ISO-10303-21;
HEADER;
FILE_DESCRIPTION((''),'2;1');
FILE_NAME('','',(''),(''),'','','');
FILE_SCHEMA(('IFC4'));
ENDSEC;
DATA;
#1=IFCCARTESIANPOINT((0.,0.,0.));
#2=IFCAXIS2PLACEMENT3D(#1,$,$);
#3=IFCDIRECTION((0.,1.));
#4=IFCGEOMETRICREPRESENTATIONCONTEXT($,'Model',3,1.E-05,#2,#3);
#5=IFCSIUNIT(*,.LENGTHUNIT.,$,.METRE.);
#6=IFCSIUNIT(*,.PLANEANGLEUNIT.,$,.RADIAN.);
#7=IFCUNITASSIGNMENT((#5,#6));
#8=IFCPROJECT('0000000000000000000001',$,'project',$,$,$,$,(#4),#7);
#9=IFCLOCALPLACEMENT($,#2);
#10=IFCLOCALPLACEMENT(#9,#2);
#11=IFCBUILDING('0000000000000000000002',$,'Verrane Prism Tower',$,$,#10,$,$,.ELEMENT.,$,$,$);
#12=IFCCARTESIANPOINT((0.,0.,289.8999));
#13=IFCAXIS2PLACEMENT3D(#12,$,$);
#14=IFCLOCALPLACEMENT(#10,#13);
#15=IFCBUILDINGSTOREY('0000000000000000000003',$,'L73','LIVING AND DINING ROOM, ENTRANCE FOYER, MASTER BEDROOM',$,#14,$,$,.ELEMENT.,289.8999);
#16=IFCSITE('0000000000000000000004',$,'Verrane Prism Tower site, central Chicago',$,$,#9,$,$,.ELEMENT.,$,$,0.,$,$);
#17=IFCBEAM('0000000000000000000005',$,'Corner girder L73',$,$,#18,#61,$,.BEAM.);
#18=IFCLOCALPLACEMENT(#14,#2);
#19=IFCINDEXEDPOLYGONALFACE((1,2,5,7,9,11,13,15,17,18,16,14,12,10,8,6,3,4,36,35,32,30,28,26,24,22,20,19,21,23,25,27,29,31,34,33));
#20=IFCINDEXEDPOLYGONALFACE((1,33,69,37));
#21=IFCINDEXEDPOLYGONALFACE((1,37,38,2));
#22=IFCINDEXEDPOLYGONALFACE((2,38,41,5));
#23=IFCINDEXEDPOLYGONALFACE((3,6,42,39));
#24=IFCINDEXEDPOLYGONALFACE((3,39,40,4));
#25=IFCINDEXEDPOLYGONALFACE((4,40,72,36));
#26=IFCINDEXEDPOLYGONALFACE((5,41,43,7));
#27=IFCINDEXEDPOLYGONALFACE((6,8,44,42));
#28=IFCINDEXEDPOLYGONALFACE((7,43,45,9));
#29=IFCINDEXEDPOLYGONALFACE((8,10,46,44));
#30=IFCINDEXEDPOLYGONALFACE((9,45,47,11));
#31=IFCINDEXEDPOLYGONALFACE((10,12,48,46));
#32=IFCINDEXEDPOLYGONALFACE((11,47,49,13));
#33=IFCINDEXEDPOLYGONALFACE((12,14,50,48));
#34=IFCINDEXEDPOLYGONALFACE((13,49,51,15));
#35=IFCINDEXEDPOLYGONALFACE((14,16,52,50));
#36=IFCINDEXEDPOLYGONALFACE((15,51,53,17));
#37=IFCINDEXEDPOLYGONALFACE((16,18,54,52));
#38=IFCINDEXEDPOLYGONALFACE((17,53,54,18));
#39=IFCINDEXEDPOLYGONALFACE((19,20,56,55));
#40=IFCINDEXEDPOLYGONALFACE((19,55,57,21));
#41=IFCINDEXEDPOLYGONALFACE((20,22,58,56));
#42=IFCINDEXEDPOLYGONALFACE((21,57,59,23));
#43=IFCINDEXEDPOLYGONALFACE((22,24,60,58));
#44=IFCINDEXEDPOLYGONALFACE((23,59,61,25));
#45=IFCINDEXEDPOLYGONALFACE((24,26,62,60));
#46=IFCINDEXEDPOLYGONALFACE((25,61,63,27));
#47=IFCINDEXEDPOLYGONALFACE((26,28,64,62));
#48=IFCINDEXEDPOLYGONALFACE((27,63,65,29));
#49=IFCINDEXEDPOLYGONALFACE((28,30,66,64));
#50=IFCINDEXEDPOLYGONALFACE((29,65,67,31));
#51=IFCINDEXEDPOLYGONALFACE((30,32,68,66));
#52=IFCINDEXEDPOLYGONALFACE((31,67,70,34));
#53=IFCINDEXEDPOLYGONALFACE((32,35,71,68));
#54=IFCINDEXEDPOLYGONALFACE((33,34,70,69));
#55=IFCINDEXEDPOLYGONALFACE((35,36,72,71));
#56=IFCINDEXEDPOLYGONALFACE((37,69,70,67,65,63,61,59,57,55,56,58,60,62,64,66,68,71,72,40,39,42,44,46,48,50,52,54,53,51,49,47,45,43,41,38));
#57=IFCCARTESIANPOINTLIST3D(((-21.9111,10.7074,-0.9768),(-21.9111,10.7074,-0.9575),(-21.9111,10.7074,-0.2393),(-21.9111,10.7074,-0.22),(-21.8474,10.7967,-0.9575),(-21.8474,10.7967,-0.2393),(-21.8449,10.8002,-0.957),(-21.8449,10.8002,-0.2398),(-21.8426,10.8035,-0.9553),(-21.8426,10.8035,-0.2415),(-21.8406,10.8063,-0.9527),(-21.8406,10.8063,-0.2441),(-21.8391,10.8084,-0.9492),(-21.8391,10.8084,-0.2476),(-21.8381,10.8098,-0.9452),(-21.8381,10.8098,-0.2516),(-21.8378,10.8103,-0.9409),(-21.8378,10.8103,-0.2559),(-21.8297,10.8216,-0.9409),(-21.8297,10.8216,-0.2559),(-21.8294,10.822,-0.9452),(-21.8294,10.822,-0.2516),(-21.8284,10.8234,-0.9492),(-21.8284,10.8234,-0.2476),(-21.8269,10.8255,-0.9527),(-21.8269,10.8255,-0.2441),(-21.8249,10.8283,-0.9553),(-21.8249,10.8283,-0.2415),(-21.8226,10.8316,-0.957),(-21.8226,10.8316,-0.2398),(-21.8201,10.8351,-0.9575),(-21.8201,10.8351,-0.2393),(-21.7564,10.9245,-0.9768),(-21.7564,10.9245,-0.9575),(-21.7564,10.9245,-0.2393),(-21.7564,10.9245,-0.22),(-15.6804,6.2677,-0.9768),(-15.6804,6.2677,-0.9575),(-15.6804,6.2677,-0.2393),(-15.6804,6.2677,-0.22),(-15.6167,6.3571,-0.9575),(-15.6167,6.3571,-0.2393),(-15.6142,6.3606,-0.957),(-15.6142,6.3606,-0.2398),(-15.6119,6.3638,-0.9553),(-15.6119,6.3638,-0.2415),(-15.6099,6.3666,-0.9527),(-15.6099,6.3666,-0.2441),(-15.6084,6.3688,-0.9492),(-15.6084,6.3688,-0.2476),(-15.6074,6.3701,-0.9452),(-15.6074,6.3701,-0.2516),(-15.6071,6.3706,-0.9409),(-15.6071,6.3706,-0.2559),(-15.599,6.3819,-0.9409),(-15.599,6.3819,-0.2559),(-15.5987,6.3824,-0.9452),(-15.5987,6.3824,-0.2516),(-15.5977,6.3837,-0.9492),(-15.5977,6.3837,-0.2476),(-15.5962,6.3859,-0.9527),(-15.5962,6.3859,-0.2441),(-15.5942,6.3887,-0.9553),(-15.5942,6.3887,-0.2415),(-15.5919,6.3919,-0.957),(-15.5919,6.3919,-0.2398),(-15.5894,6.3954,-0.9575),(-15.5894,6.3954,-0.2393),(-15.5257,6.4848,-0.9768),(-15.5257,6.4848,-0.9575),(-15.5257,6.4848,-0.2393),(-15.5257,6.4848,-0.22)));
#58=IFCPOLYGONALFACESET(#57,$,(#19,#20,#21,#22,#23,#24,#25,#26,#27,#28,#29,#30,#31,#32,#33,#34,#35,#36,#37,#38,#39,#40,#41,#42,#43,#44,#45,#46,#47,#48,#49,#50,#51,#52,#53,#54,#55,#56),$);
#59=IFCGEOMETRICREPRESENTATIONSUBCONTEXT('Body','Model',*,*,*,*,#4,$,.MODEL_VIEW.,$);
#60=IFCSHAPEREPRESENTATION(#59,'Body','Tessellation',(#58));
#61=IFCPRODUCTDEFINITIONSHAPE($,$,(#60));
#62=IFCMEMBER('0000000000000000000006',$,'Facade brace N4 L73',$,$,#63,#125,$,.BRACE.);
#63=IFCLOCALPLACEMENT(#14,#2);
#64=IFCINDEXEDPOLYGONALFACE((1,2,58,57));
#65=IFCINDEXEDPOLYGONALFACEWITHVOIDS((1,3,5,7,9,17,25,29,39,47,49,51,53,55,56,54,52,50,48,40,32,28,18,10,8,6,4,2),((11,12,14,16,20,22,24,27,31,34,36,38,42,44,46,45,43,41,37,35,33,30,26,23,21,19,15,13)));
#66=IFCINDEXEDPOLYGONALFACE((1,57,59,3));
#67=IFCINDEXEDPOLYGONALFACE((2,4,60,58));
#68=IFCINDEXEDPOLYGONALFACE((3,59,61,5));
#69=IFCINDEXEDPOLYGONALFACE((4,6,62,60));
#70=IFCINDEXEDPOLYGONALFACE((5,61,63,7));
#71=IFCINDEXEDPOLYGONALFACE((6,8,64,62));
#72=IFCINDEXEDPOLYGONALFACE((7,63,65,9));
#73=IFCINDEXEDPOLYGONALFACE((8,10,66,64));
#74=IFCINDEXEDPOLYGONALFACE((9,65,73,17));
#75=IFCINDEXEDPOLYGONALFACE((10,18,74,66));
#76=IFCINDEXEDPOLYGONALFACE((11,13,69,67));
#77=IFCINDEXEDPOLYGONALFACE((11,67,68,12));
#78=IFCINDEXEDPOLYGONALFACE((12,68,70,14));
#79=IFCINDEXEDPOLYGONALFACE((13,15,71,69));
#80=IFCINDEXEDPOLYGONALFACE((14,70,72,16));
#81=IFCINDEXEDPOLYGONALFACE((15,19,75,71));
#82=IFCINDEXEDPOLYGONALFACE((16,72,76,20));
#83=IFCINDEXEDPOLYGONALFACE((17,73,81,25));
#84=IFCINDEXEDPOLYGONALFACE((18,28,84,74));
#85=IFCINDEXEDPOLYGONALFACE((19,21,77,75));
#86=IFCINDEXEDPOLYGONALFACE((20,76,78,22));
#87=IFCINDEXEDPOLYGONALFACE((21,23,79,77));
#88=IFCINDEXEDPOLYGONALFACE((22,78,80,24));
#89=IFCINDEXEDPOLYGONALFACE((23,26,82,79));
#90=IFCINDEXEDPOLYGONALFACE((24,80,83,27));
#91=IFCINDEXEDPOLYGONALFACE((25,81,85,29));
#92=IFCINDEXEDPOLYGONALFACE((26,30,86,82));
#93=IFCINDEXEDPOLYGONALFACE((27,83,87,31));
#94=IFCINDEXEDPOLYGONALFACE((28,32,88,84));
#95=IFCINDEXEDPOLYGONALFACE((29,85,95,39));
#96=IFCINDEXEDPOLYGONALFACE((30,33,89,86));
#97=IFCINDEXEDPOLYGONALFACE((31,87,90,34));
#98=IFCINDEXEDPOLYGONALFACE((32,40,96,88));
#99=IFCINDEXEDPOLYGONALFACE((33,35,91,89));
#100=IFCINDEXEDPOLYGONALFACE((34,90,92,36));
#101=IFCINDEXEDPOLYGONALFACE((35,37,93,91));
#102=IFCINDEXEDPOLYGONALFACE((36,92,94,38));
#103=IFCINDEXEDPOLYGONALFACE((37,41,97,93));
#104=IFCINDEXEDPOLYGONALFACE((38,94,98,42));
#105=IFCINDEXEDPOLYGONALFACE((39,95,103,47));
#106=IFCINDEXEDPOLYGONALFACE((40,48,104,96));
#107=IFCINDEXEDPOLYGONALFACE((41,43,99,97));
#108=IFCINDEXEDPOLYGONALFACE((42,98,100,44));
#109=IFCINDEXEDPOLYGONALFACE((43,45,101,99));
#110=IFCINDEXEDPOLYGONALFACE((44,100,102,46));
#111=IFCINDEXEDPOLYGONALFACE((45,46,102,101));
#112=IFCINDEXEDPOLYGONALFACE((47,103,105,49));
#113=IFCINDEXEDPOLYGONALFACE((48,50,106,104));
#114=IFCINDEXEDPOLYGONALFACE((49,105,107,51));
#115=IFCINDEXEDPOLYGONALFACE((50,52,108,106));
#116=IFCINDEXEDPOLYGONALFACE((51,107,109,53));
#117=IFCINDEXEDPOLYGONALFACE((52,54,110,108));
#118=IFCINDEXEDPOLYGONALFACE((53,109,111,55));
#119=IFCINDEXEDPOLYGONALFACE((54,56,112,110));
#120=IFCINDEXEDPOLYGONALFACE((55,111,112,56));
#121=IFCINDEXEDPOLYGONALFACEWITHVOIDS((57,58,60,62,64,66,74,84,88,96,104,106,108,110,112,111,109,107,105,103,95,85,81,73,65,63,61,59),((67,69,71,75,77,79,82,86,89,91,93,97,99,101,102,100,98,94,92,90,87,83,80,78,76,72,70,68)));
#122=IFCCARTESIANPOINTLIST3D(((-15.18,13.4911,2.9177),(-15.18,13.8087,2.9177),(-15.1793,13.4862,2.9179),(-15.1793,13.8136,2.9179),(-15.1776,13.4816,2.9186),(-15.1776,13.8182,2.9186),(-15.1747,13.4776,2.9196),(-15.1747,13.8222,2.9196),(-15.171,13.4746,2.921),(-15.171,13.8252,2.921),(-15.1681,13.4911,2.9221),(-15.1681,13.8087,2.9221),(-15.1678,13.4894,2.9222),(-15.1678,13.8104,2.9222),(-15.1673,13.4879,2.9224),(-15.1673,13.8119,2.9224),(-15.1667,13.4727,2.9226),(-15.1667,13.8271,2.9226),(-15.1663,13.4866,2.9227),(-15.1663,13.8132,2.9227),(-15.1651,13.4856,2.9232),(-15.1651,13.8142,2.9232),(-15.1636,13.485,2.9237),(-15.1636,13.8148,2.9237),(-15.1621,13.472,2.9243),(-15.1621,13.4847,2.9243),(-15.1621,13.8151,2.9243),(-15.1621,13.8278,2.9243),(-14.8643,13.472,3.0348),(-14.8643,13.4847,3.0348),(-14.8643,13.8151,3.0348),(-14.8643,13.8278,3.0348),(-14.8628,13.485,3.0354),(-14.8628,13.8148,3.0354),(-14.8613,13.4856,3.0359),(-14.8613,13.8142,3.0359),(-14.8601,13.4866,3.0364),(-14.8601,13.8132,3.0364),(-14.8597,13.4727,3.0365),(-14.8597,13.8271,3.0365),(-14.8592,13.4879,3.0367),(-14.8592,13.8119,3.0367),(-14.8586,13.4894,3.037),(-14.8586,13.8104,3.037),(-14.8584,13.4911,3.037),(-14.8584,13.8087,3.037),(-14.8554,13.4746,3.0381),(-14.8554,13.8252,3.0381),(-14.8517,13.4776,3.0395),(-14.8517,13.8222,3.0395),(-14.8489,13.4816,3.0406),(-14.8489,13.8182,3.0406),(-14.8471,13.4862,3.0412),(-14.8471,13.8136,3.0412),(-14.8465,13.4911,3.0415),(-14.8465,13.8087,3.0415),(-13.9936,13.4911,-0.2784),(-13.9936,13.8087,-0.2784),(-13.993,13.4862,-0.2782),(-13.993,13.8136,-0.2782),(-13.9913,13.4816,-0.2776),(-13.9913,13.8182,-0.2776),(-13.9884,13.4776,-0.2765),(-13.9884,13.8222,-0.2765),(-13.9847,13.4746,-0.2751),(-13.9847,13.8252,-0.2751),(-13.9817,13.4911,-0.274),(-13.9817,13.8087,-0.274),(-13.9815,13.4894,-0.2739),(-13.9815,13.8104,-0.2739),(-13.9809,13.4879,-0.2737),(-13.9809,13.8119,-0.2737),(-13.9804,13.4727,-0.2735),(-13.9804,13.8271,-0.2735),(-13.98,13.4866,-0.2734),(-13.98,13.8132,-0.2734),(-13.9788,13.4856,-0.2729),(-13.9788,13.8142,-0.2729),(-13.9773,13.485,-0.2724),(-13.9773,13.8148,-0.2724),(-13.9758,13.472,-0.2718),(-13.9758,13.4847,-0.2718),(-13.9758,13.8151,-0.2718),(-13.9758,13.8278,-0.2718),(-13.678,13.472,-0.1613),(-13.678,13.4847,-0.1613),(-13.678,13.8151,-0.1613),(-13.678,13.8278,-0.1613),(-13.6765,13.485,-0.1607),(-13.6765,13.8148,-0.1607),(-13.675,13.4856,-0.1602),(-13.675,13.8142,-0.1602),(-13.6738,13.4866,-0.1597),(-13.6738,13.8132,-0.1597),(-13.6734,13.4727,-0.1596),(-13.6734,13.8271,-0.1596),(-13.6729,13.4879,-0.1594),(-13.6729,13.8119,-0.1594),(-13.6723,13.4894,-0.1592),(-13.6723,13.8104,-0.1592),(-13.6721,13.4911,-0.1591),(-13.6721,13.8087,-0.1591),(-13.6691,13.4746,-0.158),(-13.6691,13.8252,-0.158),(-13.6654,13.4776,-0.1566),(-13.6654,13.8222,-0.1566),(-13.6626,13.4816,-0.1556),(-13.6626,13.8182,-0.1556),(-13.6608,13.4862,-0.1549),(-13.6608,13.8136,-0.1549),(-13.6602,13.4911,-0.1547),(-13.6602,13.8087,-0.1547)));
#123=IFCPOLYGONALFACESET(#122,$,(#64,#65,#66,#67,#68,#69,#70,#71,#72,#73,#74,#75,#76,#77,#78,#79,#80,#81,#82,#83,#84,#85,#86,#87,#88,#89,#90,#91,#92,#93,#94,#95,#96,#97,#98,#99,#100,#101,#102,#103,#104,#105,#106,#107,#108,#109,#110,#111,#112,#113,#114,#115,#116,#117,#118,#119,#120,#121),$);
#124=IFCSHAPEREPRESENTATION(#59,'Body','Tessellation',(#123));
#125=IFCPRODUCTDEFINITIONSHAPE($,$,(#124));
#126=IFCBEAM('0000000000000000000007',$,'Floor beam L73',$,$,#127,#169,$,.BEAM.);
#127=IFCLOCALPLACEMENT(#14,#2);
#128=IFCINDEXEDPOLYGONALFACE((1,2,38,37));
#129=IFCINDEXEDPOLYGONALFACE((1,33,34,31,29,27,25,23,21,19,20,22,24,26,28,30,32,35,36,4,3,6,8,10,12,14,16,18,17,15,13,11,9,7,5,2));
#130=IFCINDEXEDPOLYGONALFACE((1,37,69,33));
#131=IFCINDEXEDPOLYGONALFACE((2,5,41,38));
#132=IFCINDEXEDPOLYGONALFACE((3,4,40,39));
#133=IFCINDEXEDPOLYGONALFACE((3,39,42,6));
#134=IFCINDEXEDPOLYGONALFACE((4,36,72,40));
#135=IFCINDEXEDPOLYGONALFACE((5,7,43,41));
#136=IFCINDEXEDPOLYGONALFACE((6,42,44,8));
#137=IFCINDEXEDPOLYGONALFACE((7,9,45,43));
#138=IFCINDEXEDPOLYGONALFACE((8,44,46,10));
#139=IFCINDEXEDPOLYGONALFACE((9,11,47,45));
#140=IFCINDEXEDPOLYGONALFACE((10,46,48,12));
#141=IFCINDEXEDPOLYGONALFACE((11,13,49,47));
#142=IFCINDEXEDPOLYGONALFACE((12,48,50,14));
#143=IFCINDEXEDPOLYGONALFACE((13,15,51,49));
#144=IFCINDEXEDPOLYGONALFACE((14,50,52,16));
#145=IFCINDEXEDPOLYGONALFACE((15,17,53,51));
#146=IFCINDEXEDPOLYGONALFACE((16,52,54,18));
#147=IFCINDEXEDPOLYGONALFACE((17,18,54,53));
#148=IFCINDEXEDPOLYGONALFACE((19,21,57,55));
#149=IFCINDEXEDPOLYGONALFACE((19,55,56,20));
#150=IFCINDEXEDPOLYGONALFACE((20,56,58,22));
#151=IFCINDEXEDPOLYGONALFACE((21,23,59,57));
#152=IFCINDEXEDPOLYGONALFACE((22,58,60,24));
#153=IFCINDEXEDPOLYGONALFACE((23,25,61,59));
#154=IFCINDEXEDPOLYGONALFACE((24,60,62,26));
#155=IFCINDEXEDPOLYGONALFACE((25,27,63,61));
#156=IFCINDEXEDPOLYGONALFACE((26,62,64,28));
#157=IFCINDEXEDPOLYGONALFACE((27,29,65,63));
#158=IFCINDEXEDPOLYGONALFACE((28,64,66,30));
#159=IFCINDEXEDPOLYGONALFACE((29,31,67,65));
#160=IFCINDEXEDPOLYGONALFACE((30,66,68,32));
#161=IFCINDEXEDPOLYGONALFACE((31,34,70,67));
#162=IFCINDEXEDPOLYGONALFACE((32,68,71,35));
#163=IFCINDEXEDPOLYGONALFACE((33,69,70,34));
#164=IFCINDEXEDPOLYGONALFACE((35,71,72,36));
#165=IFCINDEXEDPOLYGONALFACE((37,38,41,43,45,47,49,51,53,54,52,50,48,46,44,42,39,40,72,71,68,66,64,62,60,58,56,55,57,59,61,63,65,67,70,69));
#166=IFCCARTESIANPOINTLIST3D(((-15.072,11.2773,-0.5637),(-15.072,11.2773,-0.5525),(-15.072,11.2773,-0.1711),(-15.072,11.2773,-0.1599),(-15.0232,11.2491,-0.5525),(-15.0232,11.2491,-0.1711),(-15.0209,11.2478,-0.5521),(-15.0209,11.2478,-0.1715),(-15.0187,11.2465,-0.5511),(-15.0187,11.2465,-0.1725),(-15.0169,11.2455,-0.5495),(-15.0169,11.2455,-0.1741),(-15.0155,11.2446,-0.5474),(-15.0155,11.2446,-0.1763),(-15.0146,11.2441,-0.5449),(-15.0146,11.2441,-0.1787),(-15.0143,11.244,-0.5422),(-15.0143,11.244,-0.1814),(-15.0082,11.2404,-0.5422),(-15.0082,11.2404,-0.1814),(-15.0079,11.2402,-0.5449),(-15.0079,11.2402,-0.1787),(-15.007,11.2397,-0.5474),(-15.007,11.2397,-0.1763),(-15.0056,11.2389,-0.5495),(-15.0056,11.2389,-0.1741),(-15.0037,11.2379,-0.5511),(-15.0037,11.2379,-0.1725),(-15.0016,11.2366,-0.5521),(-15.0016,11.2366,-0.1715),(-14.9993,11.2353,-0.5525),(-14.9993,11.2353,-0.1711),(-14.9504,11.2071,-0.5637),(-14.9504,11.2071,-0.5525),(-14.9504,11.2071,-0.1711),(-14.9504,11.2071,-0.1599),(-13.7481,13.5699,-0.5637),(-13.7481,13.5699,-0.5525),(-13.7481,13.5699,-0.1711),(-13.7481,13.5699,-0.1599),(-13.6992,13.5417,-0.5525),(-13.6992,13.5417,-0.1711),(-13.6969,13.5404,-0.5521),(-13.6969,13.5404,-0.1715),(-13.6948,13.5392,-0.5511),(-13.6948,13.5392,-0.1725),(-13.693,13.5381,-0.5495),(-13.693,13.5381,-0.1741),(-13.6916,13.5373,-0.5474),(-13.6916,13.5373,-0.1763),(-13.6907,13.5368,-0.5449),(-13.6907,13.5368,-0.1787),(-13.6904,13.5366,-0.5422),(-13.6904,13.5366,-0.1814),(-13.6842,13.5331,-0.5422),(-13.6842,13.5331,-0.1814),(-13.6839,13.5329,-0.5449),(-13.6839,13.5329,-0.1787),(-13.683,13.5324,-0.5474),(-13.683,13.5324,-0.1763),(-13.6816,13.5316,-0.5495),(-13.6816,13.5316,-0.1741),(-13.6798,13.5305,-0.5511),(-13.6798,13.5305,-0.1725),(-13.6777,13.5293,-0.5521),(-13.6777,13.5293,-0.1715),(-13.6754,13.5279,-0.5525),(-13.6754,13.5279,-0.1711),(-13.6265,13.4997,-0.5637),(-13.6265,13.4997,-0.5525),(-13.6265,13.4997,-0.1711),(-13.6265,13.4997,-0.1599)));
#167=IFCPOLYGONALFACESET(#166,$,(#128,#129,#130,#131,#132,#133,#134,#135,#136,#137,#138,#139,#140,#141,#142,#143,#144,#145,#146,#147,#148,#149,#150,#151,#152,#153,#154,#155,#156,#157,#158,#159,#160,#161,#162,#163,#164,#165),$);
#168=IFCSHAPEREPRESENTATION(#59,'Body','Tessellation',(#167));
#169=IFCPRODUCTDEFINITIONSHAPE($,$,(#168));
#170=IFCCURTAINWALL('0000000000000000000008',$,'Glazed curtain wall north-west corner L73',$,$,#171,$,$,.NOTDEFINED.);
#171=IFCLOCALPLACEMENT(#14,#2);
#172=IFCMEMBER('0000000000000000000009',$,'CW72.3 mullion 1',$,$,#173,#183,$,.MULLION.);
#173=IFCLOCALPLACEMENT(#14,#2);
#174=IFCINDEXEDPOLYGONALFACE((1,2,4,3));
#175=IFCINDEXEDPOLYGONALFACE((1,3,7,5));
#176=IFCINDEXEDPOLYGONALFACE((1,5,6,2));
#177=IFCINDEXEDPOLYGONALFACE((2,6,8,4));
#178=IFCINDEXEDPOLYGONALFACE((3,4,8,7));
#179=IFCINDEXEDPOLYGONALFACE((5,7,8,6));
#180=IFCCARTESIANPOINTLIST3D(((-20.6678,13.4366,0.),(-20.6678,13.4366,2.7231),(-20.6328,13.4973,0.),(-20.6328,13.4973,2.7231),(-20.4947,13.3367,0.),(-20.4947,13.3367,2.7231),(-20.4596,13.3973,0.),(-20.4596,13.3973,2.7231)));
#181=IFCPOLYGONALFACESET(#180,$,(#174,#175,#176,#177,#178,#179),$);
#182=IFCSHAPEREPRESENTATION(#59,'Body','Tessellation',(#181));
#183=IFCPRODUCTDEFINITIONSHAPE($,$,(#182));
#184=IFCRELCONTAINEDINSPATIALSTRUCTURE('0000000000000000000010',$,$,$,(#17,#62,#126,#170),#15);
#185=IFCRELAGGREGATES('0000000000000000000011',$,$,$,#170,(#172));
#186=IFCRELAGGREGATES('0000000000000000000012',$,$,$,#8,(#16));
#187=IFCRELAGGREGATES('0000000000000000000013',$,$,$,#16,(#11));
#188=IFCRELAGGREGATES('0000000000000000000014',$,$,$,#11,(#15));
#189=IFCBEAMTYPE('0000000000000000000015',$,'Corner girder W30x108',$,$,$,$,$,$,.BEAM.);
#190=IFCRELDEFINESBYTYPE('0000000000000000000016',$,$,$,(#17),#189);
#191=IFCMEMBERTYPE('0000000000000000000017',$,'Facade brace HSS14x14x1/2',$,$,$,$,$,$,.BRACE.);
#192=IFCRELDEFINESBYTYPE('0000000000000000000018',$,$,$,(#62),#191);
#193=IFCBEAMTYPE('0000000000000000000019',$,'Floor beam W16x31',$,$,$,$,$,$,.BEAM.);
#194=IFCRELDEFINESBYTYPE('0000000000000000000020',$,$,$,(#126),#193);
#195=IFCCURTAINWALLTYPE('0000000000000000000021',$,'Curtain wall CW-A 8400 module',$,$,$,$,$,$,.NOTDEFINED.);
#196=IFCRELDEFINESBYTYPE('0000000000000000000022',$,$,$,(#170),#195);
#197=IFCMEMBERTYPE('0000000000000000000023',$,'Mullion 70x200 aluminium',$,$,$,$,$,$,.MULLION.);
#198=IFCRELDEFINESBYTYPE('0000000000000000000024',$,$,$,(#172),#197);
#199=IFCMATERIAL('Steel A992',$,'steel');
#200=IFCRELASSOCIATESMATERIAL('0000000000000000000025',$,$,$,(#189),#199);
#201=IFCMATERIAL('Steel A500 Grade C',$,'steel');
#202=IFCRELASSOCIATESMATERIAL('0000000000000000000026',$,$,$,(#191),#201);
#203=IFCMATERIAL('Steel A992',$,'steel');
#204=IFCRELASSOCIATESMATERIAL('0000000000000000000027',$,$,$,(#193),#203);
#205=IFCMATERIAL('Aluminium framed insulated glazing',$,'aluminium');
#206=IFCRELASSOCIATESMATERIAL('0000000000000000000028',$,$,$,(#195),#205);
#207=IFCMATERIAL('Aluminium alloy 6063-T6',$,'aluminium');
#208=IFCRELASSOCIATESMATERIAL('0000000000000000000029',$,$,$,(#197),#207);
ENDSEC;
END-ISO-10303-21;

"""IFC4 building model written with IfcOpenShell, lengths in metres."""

from ifc_helpers import new_model, si_unit, direction, frame, origin, origin_2d, place, context, subcontext, project, spatial, rectangle, hollow_rectangle, i_section, extrude, material, material_profile, profile_set, type_object, element, aggregate, save


model = new_model("IFC4")

# Units and contexts
model_context = context("Model", 3, precision=1e-05, world=origin(), true_north=direction((0.0, 1.0)))
body_context = subcontext(model_context, "Body", "Model", "MODEL_VIEW")
ifc_project = project(units=[si_unit("LENGTHUNIT", "METRE"), si_unit("PLANEANGLEUNIT", "RADIAN")], contexts=[model_context])

# Site, building, storey
site_placement = place(None, origin())
site = spatial("IfcSite", under=ifc_project, at=site_placement, Name="Verrane Prism Tower site, central Chicago", CompositionType="ELEMENT", RefElevation=0.0)
building_placement = place(site_placement, origin())
building = spatial("IfcBuilding", under=site, at=building_placement, Name="Verrane Prism Tower", CompositionType="ELEMENT")
storey_placement = place(building_placement, frame((0.0, 0.0, 289.8999)))
storey = spatial("IfcBuildingStorey", under=building, at=storey_placement, Name="L73", Description="LIVING AND DINING ROOM, ENTRANCE FOYER, MASTER BEDROOM", CompositionType="ELEMENT", Elevation=289.8999)

# Beam
ifc_material_1 = material(Name="Steel A992", Category="steel")
ifc_material_profile_1 = material_profile(ifc_material_1, i_section(OverallWidth=0.2666, OverallDepth=0.7568, WebThickness=0.0139, FlangeThickness=0.0193, FilletRadius=0.0166, at=origin_2d()), Name="W30x108")
ifc_profile_set_1 = profile_set([ifc_material_profile_1], Name="Steel A992")
beam_type_1 = type_object("IfcBeamType", Name="Corner girder W30x108", PredefinedType="BEAM", material=ifc_profile_set_1)
for number, where, z_axis, x_axis, name in (
    (1, (-21.8337, 10.8159, -0.5984), (0.814401, -0.580302, 0.0), (0.580302, 0.814401, 0.0), "Corner girder L73"),
):
    element("IfcBeam", number, at=place(storey_placement, frame(where, z_axis=z_axis, x_axis=x_axis)), inside=storey, type_object=beam_type_1, Name=name, PredefinedType="BEAM", context=body_context, shape_type="SweptSolid", body=[
        extrude(i_section(OverallWidth=0.2666, OverallDepth=0.7568, WebThickness=0.0139, FlangeThickness=0.0193, FilletRadius=0.0166, at=origin_2d()), origin(), (0.0, 0.0, 1.0), 7.6506),
    ])

# Member
ifc_material_2 = material(Name="Steel A500 Grade C", Category="steel")
ifc_material_profile_2 = material_profile(ifc_material_2, hollow_rectangle(XDim=0.3557, YDim=0.3557, WallThickness=0.0127, InnerFilletRadius=0.0063, OuterFilletRadius=0.019, at=origin_2d()), Name="HSS14x14x1/2")
ifc_profile_set_2 = profile_set([ifc_material_profile_2], Name="Steel A500 Grade C")
member_type_1 = type_object("IfcMemberType", Name="Facade brace HSS14x14x1/2", PredefinedType="BRACE", material=ifc_profile_set_2)
member_1_placement = place(storey_placement, frame((-13.8269, 13.6499, -0.2166), z_axis=(-0.347974, 0.0, 0.937504), x_axis=(0.0, -1.0, 0.0)))
element("IfcMember", 2, at=member_1_placement, inside=storey, type_object=member_type_1, Name="Facade brace N4 L73", PredefinedType="BRACE", context=body_context, shape_type="SweptSolid", body=[
    extrude(hollow_rectangle(XDim=0.3557, YDim=0.3557, WallThickness=0.0127, InnerFilletRadius=0.0063, OuterFilletRadius=0.019, at=origin_2d()), origin(), (0.0, 0.0, 1.0), 3.4092),
])

# Beam
ifc_material_3 = material(Name="Steel A992", Category="steel")
ifc_material_profile_3 = material_profile(ifc_material_3, i_section(OverallWidth=0.1404, OverallDepth=0.4038, WebThickness=0.0071, FlangeThickness=0.0112, FilletRadius=0.0103, at=origin_2d()), Name="W16x31")
ifc_profile_set_3 = profile_set([ifc_material_profile_3], Name="Steel A992")
beam_type_2 = type_object("IfcBeamType", Name="Floor beam W16x31", PredefinedType="BEAM", material=ifc_profile_set_3)
beam_1_placement = place(storey_placement, frame((-15.0112, 11.2422, -0.3618), z_axis=(0.500076, 0.865981, 0.0), x_axis=(-0.865981, 0.500076, 0.0)))
element("IfcBeam", 3, at=beam_1_placement, inside=storey, type_object=beam_type_2, Name="Floor beam L73", PredefinedType="BEAM", context=body_context, shape_type="SweptSolid", body=[
    extrude(i_section(OverallWidth=0.1404, OverallDepth=0.4038, WebThickness=0.0071, FlangeThickness=0.0112, FilletRadius=0.0103, at=origin_2d()), origin(), (0.0, 0.0, 1.0), 2.6475),
])

# Curtain wall, member
ifc_material_4 = material(Name="Aluminium framed insulated glazing", Category="aluminium")
curtain_wall_type = type_object("IfcCurtainWallType", Name="Curtain wall CW-A 8400 module", PredefinedType="NOTDEFINED", material=ifc_material_4)
curtain_wall_1_placement = place(storey_placement, origin())
curtain_wall_1 = element("IfcCurtainWall", 4, at=curtain_wall_1_placement, inside=storey, type_object=curtain_wall_type, Name="Glazed curtain wall north-west corner L73", PredefinedType="NOTDEFINED")
ifc_material_5 = material(Name="Aluminium alloy 6063-T6", Category="aluminium")
ifc_material_profile_4 = material_profile(ifc_material_5, rectangle(XDim=0.2, YDim=0.0701, at=origin_2d()), Name="Mullion 70x200 aluminium")
ifc_profile_set_4 = profile_set([ifc_material_profile_4], Name="Aluminium alloy 6063-T6")
member_type_2 = type_object("IfcMemberType", Name="Mullion 70x200 aluminium", PredefinedType="MULLION", material=ifc_profile_set_4)
member_2_placement = place(storey_placement, frame((-20.5637, 13.417, 0.0), z_axis=(0.0, 0.0, 1.0), x_axis=(0.866024, -0.500002, 0.0)))
member_2 = element("IfcMember", 5, at=member_2_placement, type_object=member_type_2, Name="CW72.3 mullion 1", PredefinedType="MULLION", context=body_context, shape_type="SweptSolid", body=[
    extrude(rectangle(XDim=0.2, YDim=0.0701, at=origin_2d()), origin(), (0.0, 0.0, 1.0), 2.7231),
])

aggregate(curtain_wall_1, [member_2])

save(model, "model.ifc")
